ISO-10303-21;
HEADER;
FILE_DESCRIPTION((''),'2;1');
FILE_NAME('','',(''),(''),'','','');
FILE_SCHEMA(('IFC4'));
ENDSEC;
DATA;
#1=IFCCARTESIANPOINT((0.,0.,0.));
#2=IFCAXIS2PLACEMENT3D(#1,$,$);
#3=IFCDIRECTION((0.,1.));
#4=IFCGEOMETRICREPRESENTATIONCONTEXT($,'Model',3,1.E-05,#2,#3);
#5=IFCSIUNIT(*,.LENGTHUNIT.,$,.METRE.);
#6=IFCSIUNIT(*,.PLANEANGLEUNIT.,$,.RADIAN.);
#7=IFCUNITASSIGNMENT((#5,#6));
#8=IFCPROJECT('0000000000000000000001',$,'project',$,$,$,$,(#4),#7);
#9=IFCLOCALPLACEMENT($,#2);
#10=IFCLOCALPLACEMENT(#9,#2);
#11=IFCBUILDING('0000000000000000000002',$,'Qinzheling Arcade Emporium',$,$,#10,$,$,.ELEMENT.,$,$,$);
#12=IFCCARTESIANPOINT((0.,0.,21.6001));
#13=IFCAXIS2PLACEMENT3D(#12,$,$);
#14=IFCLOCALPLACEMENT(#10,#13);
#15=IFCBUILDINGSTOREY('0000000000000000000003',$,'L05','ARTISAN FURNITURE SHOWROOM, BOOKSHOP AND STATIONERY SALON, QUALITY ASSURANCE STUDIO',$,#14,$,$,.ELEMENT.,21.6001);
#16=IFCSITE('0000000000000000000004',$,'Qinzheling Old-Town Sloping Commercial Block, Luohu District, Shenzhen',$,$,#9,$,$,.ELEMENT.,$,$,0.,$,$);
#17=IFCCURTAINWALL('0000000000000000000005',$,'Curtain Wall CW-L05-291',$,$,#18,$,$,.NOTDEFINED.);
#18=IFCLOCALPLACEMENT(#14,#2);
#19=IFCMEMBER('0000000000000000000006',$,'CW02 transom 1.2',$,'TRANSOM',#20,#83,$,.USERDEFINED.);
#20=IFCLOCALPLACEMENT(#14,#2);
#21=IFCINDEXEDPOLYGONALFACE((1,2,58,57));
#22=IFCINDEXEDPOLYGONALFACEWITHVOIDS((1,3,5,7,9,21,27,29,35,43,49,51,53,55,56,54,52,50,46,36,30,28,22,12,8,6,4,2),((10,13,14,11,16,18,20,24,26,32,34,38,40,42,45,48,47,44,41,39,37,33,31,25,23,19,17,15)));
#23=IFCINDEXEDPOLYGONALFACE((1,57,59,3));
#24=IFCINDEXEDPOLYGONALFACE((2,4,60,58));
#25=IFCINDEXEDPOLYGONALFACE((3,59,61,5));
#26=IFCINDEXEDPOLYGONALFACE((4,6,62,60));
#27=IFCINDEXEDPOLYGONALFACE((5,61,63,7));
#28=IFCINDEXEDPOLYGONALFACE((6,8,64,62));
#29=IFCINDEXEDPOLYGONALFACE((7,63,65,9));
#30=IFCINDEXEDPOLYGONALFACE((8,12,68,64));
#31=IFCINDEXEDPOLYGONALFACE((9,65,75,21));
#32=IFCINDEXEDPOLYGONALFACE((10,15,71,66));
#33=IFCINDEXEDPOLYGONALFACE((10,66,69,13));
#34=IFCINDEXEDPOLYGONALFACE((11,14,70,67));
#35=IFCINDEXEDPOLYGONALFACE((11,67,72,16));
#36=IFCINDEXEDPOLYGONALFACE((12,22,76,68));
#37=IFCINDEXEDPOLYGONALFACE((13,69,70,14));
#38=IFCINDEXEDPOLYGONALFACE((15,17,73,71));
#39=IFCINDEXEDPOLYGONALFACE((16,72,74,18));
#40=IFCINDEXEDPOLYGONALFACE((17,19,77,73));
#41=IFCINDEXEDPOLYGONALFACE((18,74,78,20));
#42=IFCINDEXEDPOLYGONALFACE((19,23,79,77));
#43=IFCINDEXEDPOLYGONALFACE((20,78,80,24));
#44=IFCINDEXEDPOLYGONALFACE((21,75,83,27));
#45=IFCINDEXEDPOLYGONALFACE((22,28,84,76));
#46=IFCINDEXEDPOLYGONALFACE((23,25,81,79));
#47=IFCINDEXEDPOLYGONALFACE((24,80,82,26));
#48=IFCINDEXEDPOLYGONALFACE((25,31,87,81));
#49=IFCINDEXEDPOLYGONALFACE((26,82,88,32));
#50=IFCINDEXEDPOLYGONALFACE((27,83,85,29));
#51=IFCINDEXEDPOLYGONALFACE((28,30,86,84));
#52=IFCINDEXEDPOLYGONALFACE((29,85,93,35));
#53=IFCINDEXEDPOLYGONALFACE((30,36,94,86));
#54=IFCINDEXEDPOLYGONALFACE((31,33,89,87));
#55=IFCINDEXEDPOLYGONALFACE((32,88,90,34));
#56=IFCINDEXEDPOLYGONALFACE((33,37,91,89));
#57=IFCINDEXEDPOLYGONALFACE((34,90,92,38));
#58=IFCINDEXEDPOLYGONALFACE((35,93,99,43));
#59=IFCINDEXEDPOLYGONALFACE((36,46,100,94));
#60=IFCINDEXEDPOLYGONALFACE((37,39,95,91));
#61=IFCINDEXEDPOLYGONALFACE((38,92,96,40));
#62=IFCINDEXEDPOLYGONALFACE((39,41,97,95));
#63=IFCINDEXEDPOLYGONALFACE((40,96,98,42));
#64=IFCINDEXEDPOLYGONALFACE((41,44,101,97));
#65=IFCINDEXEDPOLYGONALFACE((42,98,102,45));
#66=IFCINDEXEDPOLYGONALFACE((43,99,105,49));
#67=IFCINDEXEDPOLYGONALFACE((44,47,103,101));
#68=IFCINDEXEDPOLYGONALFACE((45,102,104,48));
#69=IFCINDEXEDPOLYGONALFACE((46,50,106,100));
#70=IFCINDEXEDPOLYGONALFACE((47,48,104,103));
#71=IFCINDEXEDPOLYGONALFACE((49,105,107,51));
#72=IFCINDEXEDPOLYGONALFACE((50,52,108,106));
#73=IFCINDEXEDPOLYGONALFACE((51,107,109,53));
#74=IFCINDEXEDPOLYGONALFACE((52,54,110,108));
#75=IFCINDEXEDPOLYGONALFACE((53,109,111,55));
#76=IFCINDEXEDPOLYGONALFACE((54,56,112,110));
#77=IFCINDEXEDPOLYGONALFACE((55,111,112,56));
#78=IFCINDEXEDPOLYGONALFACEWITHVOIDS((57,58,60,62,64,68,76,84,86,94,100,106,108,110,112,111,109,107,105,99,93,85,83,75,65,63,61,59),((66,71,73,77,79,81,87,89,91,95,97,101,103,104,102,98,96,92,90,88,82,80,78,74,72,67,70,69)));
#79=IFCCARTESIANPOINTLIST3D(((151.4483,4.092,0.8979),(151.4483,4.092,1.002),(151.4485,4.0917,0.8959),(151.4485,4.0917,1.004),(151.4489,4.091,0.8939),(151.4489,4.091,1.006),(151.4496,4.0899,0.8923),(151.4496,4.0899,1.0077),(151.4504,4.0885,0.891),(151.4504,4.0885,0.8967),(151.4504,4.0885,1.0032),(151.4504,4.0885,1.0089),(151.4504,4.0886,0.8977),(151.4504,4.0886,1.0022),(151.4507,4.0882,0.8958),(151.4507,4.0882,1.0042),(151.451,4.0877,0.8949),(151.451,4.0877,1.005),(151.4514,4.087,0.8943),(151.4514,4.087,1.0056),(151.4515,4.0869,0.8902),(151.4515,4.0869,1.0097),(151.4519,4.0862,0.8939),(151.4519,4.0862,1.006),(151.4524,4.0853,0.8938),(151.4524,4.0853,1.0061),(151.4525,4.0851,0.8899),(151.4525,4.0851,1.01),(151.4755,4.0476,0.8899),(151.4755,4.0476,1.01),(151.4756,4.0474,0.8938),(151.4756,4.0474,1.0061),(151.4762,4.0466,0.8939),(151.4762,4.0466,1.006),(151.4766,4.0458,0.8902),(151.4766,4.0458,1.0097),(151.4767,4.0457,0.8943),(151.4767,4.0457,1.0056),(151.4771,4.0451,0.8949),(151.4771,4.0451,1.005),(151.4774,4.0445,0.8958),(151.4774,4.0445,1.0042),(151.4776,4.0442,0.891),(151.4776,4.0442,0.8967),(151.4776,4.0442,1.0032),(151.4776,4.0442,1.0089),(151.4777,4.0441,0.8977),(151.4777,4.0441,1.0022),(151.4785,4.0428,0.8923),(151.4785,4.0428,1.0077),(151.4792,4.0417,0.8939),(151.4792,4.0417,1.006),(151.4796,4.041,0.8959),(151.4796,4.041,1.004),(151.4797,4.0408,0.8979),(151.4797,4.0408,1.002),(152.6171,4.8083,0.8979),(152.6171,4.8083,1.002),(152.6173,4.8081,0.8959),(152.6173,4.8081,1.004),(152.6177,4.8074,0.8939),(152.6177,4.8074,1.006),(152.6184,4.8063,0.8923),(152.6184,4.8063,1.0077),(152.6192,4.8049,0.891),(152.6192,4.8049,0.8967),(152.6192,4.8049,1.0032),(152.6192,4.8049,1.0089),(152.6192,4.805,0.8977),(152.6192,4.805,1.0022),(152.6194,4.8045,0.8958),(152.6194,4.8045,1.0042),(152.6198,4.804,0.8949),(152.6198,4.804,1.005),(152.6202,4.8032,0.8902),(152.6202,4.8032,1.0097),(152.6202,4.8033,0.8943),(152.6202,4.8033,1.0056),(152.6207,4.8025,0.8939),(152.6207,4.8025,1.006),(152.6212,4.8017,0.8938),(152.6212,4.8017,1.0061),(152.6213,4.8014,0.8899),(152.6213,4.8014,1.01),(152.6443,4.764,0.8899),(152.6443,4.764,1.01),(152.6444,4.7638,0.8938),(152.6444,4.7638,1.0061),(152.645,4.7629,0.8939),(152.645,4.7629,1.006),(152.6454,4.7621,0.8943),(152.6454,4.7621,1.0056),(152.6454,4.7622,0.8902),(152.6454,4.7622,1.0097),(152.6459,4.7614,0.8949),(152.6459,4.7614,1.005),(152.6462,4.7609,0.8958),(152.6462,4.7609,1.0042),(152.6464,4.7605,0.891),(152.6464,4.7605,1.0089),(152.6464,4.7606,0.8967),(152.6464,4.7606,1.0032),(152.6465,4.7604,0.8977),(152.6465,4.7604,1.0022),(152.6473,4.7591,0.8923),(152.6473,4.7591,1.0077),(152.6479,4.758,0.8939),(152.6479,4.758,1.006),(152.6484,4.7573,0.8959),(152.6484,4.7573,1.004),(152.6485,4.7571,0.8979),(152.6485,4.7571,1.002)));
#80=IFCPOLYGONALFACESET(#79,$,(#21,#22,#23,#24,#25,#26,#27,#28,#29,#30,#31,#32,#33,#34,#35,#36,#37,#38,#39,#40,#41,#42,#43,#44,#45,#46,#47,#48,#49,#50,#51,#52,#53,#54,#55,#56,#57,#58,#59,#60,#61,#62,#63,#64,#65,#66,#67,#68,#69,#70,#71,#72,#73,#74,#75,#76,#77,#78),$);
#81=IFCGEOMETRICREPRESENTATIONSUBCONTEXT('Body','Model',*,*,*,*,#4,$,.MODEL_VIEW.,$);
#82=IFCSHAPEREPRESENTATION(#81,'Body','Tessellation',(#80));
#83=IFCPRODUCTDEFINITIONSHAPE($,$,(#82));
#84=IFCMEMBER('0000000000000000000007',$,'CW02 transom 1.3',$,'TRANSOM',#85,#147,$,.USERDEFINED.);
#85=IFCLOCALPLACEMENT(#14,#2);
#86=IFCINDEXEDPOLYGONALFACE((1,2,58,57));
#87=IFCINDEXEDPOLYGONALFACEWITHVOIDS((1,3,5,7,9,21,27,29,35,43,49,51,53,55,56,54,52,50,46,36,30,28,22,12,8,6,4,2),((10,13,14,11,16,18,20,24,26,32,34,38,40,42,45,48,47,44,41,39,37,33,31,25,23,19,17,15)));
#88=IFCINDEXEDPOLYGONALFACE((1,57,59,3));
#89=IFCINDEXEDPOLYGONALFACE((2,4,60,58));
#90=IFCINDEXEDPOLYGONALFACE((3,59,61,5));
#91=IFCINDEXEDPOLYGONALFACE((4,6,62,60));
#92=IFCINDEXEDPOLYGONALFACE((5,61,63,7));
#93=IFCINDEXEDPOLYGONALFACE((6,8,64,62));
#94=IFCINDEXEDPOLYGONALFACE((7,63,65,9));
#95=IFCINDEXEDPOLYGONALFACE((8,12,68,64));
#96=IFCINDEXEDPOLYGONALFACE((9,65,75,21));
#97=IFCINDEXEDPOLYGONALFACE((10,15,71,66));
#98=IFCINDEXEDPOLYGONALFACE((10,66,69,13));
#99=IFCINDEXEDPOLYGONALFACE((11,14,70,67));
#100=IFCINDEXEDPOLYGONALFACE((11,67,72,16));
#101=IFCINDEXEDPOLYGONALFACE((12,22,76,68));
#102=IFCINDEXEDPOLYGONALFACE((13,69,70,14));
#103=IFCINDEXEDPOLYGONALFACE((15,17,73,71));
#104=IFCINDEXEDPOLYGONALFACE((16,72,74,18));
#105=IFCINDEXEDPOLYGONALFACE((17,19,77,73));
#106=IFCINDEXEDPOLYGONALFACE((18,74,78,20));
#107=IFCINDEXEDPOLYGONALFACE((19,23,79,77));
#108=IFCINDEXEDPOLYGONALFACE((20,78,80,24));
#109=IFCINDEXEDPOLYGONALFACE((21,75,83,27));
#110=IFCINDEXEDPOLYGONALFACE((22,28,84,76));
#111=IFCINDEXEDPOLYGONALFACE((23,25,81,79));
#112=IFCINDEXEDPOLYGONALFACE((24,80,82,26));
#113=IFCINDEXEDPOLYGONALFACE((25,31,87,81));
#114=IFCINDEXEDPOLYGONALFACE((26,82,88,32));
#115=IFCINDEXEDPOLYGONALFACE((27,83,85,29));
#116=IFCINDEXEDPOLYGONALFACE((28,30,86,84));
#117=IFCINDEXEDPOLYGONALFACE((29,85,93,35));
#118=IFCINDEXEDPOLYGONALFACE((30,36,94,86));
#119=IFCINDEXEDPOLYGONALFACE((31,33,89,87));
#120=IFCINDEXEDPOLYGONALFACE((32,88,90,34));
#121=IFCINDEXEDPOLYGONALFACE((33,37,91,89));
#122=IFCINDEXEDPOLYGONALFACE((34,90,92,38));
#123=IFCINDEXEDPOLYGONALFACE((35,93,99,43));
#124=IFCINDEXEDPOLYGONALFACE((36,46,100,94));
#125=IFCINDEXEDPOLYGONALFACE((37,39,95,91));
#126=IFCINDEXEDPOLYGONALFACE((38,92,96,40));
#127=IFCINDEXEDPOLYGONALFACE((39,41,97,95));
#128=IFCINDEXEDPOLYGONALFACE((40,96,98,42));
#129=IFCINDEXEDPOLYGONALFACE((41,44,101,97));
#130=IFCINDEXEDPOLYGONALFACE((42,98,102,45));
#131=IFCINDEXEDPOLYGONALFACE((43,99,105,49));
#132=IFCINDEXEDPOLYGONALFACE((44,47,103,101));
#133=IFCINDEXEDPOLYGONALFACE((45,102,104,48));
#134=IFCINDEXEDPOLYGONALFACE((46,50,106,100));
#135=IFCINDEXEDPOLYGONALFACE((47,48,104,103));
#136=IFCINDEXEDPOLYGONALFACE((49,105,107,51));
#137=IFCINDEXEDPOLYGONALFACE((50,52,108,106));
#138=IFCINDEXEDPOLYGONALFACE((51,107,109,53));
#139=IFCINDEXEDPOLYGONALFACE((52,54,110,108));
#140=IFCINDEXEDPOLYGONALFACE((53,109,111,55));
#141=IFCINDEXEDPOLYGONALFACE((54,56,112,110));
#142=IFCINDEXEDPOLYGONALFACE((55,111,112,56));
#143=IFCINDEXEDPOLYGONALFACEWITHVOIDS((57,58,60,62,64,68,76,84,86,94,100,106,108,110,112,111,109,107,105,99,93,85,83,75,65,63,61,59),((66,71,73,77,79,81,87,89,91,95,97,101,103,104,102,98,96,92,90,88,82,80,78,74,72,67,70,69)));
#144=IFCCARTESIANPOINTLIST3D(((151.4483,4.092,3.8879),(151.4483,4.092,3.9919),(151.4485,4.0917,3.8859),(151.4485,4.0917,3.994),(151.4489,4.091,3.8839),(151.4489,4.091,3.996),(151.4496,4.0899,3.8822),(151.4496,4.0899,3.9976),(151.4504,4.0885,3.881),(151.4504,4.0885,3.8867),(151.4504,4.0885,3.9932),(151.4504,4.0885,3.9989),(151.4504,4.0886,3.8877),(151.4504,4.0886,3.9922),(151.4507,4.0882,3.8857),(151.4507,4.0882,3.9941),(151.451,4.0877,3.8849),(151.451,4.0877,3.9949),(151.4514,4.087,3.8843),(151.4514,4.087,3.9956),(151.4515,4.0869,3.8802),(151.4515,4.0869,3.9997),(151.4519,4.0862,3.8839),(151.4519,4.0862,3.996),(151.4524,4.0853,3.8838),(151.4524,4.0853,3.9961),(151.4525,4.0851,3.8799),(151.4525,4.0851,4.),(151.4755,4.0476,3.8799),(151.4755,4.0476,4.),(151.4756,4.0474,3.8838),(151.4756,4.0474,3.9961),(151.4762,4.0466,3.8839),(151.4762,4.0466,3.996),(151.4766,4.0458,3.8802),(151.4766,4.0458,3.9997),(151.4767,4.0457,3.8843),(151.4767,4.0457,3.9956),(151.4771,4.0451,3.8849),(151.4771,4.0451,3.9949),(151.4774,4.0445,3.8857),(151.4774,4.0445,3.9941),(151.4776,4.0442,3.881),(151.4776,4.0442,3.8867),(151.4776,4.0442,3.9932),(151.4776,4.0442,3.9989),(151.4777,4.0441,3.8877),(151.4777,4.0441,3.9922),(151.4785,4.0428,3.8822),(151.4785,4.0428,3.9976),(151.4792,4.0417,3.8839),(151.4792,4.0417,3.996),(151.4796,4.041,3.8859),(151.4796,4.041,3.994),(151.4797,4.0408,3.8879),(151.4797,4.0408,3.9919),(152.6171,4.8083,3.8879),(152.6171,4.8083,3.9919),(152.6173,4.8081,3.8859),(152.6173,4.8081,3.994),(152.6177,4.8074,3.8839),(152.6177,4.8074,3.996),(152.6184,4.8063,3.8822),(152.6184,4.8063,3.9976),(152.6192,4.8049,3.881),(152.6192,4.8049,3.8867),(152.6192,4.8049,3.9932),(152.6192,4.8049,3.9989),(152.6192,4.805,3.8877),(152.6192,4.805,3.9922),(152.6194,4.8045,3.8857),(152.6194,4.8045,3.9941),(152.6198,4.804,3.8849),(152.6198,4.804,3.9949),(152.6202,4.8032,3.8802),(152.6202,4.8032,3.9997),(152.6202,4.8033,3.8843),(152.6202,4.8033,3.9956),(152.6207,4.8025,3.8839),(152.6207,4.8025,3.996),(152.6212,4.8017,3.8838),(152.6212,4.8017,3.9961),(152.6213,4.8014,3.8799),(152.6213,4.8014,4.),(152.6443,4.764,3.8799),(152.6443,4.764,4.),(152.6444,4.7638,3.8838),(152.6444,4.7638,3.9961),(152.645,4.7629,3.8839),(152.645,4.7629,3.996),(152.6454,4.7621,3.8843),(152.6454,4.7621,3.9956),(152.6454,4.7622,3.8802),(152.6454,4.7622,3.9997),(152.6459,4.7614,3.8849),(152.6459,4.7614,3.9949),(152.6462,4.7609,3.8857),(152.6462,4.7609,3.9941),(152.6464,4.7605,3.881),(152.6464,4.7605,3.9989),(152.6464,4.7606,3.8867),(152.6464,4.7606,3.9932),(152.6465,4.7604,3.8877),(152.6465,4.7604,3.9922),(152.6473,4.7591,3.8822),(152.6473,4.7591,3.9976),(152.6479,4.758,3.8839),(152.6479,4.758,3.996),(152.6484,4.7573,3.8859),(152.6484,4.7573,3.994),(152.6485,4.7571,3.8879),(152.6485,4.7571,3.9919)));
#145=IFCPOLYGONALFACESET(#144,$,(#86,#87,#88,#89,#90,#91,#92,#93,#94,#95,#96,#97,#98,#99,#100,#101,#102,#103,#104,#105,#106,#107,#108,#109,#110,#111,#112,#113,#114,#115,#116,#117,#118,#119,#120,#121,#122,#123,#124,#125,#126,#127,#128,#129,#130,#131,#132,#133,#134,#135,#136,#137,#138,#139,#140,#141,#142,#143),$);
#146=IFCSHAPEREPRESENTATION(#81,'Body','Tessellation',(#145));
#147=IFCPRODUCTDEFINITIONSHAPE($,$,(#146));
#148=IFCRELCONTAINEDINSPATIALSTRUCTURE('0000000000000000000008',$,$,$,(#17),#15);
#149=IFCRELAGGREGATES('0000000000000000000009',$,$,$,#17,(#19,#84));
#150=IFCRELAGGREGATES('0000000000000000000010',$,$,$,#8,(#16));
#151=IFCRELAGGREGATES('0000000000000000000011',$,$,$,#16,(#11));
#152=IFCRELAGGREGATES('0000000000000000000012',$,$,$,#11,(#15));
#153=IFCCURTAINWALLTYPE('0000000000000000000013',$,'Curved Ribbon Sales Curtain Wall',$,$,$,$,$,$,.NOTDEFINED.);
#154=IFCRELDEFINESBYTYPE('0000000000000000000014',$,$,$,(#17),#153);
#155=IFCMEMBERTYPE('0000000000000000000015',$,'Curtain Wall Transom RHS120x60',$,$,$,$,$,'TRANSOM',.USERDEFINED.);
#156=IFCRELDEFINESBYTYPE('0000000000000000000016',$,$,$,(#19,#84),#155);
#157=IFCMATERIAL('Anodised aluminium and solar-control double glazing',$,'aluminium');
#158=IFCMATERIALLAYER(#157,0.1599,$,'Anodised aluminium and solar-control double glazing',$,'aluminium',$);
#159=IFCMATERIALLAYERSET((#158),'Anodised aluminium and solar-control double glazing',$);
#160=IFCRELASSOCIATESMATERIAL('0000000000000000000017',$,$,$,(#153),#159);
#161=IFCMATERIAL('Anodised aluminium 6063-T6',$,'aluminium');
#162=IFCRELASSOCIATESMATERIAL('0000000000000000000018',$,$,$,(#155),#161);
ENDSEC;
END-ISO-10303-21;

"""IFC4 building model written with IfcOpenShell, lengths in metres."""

from ifc_helpers import new_model, si_unit, direction, frame, origin, origin_2d, place, context, subcontext, project, spatial, hollow_rectangle, extrude, material, layer, layer_set, material_profile, profile_set, type_object, element, aggregate, save


model = new_model("IFC4")

# Units and contexts
model_context = context("Model", 3, precision=1e-05, world=origin(), true_north=direction((0.0, 1.0)))
body_context = subcontext(model_context, "Body", "Model", "MODEL_VIEW")
ifc_project = project(units=[si_unit("LENGTHUNIT", "METRE"), si_unit("PLANEANGLEUNIT", "RADIAN")], contexts=[model_context])

# Site, building, storey
site_placement = place(None, origin())
site = spatial("IfcSite", under=ifc_project, at=site_placement, Name="Qinzheling Old-Town Sloping Commercial Block, Luohu District, Shenzhen", CompositionType="ELEMENT", RefElevation=0.0)
building_placement = place(site_placement, origin())
building = spatial("IfcBuilding", under=site, at=building_placement, Name="Qinzheling Arcade Emporium", CompositionType="ELEMENT")
storey_placement = place(building_placement, frame((0.0, 0.0, 21.6001)))
storey = spatial("IfcBuildingStorey", under=building, at=storey_placement, Name="L05", Description="ARTISAN FURNITURE SHOWROOM, BOOKSHOP AND STATIONERY SALON, QUALITY ASSURANCE STUDIO", CompositionType="ELEMENT", Elevation=21.6001)

# Curtain wall
ifc_material_1 = material(Name="Anodised aluminium and solar-control double glazing", Category="aluminium")
ifc_layer_1 = layer(ifc_material_1, 0.1599, Name="Anodised aluminium and solar-control double glazing", Category="aluminium")
ifc_layer_set_1 = layer_set([ifc_layer_1], Name="Anodised aluminium and solar-control double glazing")
curtain_wall_type = type_object("IfcCurtainWallType", Name="Curved Ribbon Sales Curtain Wall", PredefinedType="NOTDEFINED", material=ifc_layer_set_1)
curtain_wall_1_placement = place(storey_placement, origin())
curtain_wall_1 = element("IfcCurtainWall", 1, at=curtain_wall_1_placement, inside=storey, type_object=curtain_wall_type, Name="Curtain Wall CW-L05-291", PredefinedType="NOTDEFINED")
ifc_material_2 = material(Name="Anodised aluminium 6063-T6", Category="aluminium")

# Members
ifc_material_profile_1 = material_profile(ifc_material_2, hollow_rectangle(XDim=0.0601, YDim=0.1201, WallThickness=0.0039, InnerFilletRadius=0.0039, OuterFilletRadius=0.0081, at=origin_2d()), Name="RHS 120x60x4", Category="aluminium")
ifc_profile_set_1 = profile_set([ifc_material_profile_1], Name="Anodised aluminium 6063-T6")
member_type_1 = type_object("IfcMemberType", Name="Curtain Wall Transom RHS120x60", ElementType="TRANSOM", PredefinedType="USERDEFINED", material=ifc_profile_set_1)
member_1_placement = place(storey_placement, frame((152.6328, 4.7827, 0.95), z_axis=(-0.852599, -0.522566, 0.0), x_axis=(0.522566, -0.852599, 0.0)))
member_1 = element("IfcMember", 2, at=member_1_placement, type_object=member_type_1, Name="CW02 transom 1.2", ObjectType="TRANSOM", PredefinedType="USERDEFINED", context=body_context, shape_type="SweptSolid", body=[
    extrude(hollow_rectangle(XDim=0.0601, YDim=0.1201, WallThickness=0.0039, InnerFilletRadius=0.0039, OuterFilletRadius=0.0081, at=origin_2d()), origin(), (0.0, 0.0, 1.0), 1.3708),
])
member_2_placement = place(storey_placement, frame((152.6328, 4.7827, 3.9399), z_axis=(-0.852599, -0.522566, 0.0), x_axis=(0.522566, -0.852599, 0.0)))
member_2 = element("IfcMember", 3, at=member_2_placement, type_object=member_type_1, Name="CW02 transom 1.3", ObjectType="TRANSOM", PredefinedType="USERDEFINED", context=body_context, shape_type="SweptSolid", body=[
    extrude(hollow_rectangle(XDim=0.0601, YDim=0.1201, WallThickness=0.0039, InnerFilletRadius=0.0039, OuterFilletRadius=0.0081, at=origin_2d()), origin(), (0.0, 0.0, 1.0), 1.3708),
])

aggregate(curtain_wall_1, [member_1, member_2])

save(model, "model.ifc")
